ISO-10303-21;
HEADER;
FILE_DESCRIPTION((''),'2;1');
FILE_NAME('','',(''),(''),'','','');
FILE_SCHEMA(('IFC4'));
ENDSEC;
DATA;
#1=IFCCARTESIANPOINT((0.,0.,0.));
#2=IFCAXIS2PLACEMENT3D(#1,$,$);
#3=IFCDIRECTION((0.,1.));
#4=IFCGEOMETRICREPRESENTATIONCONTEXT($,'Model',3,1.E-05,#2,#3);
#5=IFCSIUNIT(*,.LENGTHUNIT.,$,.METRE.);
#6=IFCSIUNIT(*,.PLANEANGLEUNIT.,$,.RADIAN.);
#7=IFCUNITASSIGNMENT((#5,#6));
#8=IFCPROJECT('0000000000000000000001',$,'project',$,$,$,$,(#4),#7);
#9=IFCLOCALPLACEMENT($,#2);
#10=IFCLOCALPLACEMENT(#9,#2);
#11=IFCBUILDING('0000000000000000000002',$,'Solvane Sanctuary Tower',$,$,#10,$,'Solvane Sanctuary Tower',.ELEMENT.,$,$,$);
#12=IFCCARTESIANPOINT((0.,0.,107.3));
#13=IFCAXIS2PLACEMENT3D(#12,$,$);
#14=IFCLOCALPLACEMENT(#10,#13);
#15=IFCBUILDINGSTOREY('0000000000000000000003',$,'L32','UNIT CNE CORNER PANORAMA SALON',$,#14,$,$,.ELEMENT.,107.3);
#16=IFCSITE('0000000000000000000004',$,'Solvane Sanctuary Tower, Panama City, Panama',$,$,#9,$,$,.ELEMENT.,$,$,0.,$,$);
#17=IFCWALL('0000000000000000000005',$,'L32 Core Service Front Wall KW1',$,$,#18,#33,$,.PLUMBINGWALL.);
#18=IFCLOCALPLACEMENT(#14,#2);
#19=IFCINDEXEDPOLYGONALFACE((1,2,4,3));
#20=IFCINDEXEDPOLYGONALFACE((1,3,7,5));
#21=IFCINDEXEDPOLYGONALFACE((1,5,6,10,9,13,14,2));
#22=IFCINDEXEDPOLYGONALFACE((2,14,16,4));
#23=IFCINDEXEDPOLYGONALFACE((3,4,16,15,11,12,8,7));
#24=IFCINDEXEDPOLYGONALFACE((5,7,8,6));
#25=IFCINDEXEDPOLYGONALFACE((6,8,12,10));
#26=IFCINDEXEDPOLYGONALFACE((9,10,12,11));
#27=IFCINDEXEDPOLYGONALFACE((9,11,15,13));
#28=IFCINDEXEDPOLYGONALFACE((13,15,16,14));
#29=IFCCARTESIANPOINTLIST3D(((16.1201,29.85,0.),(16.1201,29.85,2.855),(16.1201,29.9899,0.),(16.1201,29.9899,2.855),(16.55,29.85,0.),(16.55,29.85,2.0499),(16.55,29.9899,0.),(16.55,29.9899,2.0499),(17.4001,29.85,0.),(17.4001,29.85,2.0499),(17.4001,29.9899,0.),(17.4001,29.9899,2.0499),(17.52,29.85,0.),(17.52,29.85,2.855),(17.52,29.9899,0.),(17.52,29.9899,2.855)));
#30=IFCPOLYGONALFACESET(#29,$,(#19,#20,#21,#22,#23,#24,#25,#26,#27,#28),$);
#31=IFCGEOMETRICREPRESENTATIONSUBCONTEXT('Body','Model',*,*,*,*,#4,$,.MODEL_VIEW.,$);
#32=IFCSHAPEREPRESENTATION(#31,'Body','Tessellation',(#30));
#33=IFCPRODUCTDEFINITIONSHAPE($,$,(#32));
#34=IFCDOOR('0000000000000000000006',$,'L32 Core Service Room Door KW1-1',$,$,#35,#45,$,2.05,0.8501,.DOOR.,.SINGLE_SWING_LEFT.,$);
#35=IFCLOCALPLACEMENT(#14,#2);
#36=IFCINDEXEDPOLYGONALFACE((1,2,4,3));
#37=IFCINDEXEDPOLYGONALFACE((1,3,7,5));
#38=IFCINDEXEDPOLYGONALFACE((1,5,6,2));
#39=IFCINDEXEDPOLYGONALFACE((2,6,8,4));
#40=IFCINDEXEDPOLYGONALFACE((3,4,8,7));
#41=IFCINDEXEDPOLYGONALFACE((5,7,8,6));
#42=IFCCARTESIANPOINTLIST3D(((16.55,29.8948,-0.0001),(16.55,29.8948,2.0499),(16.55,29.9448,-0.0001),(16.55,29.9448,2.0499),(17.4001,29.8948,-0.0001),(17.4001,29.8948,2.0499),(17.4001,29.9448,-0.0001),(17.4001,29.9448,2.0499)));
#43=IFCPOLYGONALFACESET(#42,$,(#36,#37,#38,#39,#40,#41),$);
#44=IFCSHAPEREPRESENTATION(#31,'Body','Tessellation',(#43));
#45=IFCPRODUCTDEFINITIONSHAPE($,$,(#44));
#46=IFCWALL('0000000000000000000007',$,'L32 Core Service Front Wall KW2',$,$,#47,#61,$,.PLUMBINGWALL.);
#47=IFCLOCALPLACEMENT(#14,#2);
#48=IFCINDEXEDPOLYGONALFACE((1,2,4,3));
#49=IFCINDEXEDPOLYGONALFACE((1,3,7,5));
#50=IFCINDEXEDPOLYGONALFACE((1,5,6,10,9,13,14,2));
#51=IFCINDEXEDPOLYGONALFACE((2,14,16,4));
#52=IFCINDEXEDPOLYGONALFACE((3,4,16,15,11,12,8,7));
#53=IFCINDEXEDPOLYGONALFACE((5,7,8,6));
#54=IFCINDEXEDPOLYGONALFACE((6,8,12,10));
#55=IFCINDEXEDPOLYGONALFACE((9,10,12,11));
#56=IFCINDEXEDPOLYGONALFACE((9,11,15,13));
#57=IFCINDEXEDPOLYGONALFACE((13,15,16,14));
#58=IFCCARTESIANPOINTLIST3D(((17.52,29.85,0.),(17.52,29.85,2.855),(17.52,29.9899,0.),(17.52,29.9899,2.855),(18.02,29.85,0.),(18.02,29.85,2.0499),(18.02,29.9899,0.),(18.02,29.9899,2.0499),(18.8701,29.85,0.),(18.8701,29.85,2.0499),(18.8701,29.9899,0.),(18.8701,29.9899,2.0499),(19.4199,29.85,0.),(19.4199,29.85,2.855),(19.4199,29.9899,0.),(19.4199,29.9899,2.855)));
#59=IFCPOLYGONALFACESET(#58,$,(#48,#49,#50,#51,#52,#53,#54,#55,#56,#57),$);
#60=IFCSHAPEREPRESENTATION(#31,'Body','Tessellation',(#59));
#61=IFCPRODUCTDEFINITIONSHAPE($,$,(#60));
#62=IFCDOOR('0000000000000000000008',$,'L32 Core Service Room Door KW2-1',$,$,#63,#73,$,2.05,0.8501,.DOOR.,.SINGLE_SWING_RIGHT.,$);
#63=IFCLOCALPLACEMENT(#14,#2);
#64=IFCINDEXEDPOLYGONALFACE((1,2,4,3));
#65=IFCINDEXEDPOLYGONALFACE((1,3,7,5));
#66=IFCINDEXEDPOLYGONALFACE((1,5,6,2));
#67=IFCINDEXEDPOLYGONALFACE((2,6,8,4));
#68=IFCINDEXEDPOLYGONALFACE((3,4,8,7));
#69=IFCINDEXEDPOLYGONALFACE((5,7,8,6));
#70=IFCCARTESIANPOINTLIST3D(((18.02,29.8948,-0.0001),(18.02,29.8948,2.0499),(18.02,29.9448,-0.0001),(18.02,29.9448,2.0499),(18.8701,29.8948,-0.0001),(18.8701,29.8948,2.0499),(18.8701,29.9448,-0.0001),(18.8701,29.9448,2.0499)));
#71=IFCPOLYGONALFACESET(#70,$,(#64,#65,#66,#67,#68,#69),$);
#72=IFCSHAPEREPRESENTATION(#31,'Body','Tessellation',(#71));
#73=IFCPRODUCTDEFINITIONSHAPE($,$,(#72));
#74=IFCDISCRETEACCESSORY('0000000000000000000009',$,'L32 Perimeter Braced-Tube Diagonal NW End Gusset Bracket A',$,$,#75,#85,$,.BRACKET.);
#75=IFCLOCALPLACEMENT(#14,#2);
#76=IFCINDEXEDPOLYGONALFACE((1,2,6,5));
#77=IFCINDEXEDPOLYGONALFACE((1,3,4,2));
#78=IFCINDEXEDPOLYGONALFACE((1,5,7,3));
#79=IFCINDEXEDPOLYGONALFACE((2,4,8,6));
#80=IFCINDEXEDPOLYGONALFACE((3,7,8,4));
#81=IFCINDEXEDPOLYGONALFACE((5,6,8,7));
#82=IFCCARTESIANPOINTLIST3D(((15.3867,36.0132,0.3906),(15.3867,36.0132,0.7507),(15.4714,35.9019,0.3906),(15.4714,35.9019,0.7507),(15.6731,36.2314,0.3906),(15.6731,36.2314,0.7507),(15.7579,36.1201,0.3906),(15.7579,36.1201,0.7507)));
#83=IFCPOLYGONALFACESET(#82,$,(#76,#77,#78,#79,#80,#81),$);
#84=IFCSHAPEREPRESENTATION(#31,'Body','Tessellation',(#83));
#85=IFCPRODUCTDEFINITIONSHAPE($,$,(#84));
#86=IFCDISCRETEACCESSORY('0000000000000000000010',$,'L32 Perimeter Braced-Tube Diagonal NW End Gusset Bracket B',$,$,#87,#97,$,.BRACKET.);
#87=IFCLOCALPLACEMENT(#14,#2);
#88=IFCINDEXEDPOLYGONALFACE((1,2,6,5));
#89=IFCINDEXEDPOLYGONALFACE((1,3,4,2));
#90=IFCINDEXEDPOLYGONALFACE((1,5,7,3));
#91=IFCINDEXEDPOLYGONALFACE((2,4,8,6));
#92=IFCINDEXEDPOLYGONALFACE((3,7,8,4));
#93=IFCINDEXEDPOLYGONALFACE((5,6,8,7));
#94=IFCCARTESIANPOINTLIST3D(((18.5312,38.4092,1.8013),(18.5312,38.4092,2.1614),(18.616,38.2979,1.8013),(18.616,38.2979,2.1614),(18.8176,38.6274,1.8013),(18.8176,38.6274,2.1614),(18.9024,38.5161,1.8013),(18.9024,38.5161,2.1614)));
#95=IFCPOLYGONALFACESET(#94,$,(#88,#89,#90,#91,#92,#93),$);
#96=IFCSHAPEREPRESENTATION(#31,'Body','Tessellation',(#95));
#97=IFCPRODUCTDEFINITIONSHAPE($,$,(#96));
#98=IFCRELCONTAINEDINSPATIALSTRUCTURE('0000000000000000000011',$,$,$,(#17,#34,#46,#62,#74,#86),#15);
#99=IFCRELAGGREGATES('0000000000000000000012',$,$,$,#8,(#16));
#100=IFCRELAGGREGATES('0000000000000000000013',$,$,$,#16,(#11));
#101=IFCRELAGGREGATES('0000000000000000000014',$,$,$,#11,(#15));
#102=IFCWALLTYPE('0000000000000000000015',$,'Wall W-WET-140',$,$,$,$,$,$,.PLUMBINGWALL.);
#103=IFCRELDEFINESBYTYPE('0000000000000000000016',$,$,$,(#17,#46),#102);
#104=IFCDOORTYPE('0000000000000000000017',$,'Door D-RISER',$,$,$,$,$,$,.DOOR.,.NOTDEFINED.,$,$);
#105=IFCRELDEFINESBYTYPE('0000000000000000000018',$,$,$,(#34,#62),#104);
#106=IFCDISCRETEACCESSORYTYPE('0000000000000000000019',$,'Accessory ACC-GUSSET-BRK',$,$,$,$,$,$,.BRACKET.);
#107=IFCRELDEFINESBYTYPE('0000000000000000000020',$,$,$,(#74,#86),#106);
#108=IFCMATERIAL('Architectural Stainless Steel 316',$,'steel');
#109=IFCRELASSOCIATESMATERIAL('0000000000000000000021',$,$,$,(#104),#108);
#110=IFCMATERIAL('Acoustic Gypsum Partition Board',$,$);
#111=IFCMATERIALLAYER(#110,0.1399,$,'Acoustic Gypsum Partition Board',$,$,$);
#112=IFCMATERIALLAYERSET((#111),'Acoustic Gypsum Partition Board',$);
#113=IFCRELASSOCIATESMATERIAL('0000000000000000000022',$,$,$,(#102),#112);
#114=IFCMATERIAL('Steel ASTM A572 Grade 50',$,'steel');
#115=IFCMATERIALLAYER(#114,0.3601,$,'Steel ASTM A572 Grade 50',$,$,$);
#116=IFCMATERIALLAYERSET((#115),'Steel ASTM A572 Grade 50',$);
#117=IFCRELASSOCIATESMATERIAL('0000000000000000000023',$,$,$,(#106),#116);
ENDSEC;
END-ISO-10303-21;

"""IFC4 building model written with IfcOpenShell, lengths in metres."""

from ifc_helpers import new_model, si_unit, direction, frame, frame_2d, origin, origin_2d, place, context, subcontext, project, spatial, rectangle, extrude, material, layer, layer_set, type_object, element, fill, save


model = new_model("IFC4")

# Units and contexts
model_context = context("Model", 3, precision=1e-05, world=origin(), true_north=direction((0.0, 1.0)))
body_context = subcontext(model_context, "Body", "Model", "MODEL_VIEW")
ifc_project = project(units=[si_unit("LENGTHUNIT", "METRE"), si_unit("PLANEANGLEUNIT", "RADIAN")], contexts=[model_context])

# Site, building, storey
site_placement = place(None, origin())
site = spatial("IfcSite", under=ifc_project, at=site_placement, Name="Solvane Sanctuary Tower, Panama City, Panama", CompositionType="ELEMENT", RefElevation=0.0)
building_placement = place(site_placement, origin())
building = spatial("IfcBuilding", under=site, at=building_placement, Name="Solvane Sanctuary Tower", LongName="Solvane Sanctuary Tower", CompositionType="ELEMENT")
storey_placement = place(building_placement, frame((0.0, 0.0, 107.3)))
storey = spatial("IfcBuildingStorey", under=building, at=storey_placement, Name="L32", Description="UNIT CNE CORNER PANORAMA SALON", CompositionType="ELEMENT", Elevation=107.3)

# Shared definitions
ifc_material_1 = material(Name="Acoustic Gypsum Partition Board")

# Walls, openings, doors
ifc_material_2 = material(Name="Architectural Stainless Steel 316", Category="steel")
door_type_1 = type_object("IfcDoorType", Name="Door D-RISER", OperationType="NOTDEFINED", PredefinedType="DOOR", material=ifc_material_2)
ifc_layer_1 = layer(ifc_material_1, 0.1399, Name="Acoustic Gypsum Partition Board")
ifc_layer_set_1 = layer_set([ifc_layer_1], Name="Acoustic Gypsum Partition Board")
wall_type_1 = type_object("IfcWallType", Name="Wall W-WET-140", PredefinedType="PLUMBINGWALL", material=ifc_layer_set_1)
wall_1_placement = place(storey_placement, frame((16.1201, 29.9199, 0.0), z_axis=(0.0, 0.0, 1.0), x_axis=(1.0, 0.0, 0.0)))
wall_1 = element("IfcWall", 1, at=wall_1_placement, inside=storey, type_object=wall_type_1, Name="L32 Core Service Front Wall KW1", PredefinedType="PLUMBINGWALL", context=body_context, shape_type="SweptSolid", body=[
    extrude(rectangle(XDim=1.3999, YDim=0.1399, at=frame_2d((0.7, 0.0))), origin(), (0.0, 0.0, 1.0), 2.855),
])
opening_1_placement = place(wall_1_placement, frame((0.4299, 0.0, 0.0)))
opening_1 = element("IfcOpeningElement", 2, at=opening_1_placement, cuts=wall_1, PredefinedType="OPENING", context=body_context, shape_type="SweptSolid", body=[
    extrude(rectangle(XDim=0.8501, YDim=2.05, at=frame_2d((0.425, 1.0249))), frame((0.0, 0.0798, 0.0), z_axis=(0.0, -1.0, 0.0), x_axis=(1.0, 0.0, 0.0)), (0.0, 0.0, 1.0), 0.1599),
])
door_1_placement = place(opening_1_placement, origin())
door_1 = element("IfcDoor", 3, at=door_1_placement, inside=storey, type_object=door_type_1, Name="L32 Core Service Room Door KW1-1", OperationType="SINGLE_SWING_LEFT", OverallHeight=2.05, OverallWidth=0.8501, PredefinedType="DOOR", context=body_context, shape_type="SweptSolid", body=[
    extrude(rectangle(XDim=0.8501, YDim=2.05, at=frame_2d((0.425, 1.0249))), frame((0.0, 0.0249, 0.0), z_axis=(0.0, -1.0, 0.0), x_axis=(1.0, 0.0, 0.0)), (0.0, 0.0, 1.0), 0.05),
])
fill(opening_1, door_1)
wall_2_placement = place(storey_placement, frame((17.52, 29.9199, 0.0), z_axis=(0.0, 0.0, 1.0), x_axis=(1.0, 0.0, 0.0)))
wall_2 = element("IfcWall", 4, at=wall_2_placement, inside=storey, type_object=wall_type_1, Name="L32 Core Service Front Wall KW2", PredefinedType="PLUMBINGWALL", context=body_context, shape_type="SweptSolid", body=[
    extrude(rectangle(XDim=1.8999, YDim=0.1399, at=frame_2d((0.95, 0.0))), origin(), (0.0, 0.0, 1.0), 2.855),
])
opening_2_placement = place(wall_2_placement, frame((0.5, 0.0, 0.0)))
opening_2 = element("IfcOpeningElement", 5, at=opening_2_placement, cuts=wall_2, PredefinedType="OPENING", context=body_context, shape_type="SweptSolid", body=[
    extrude(rectangle(XDim=0.8501, YDim=2.05, at=frame_2d((0.425, 1.0249))), frame((0.0, 0.0798, 0.0), z_axis=(0.0, -1.0, 0.0), x_axis=(1.0, 0.0, 0.0)), (0.0, 0.0, 1.0), 0.1599),
])
door_2_placement = place(opening_2_placement, origin())
door_2 = element("IfcDoor", 6, at=door_2_placement, inside=storey, type_object=door_type_1, Name="L32 Core Service Room Door KW2-1", OperationType="SINGLE_SWING_RIGHT", OverallHeight=2.05, OverallWidth=0.8501, PredefinedType="DOOR", context=body_context, shape_type="SweptSolid", body=[
    extrude(rectangle(XDim=0.8501, YDim=2.05, at=frame_2d((0.425, 1.0249))), frame((0.0, 0.0249, 0.0), z_axis=(0.0, -1.0, 0.0), x_axis=(1.0, 0.0, 0.0)), (0.0, 0.0, 1.0), 0.05),
])
fill(opening_2, door_2)

# Discrete accessories
ifc_material_3 = material(Name="Steel ASTM A572 Grade 50", Category="steel")
ifc_layer_2 = layer(ifc_material_3, 0.3601, Name="Steel ASTM A572 Grade 50")
ifc_layer_set_2 = layer_set([ifc_layer_2], Name="Steel ASTM A572 Grade 50")
discrete_accessory_type = type_object("IfcDiscreteAccessoryType", Name="Accessory ACC-GUSSET-BRK", PredefinedType="BRACKET", material=ifc_layer_set_2)
for number, where, z_axis, x_axis, name in (
    (7, (15.5723, 36.0667, 0.3906), (0.0, 0.0, 1.0), (0.795473, 0.605988, 0.0), "L32 Perimeter Braced-Tube Diagonal NW End Gusset Bracket A"),
    (8, (18.7168, 38.4626, 1.8013), (0.0, 0.0, 1.0), (0.795473, 0.605988, 0.0), "L32 Perimeter Braced-Tube Diagonal NW End Gusset Bracket B"),
):
    element("IfcDiscreteAccessory", number, at=place(storey_placement, frame(where, z_axis=z_axis, x_axis=x_axis)), inside=storey, type_object=discrete_accessory_type, Name=name, PredefinedType="BRACKET", context=body_context, shape_type="SweptSolid", body=[
        extrude(rectangle(XDim=0.3601, YDim=0.1399, at=origin_2d()), origin(), (0.0, 0.0, 1.0), 0.3601),
    ])

save(model, "model.ifc")
